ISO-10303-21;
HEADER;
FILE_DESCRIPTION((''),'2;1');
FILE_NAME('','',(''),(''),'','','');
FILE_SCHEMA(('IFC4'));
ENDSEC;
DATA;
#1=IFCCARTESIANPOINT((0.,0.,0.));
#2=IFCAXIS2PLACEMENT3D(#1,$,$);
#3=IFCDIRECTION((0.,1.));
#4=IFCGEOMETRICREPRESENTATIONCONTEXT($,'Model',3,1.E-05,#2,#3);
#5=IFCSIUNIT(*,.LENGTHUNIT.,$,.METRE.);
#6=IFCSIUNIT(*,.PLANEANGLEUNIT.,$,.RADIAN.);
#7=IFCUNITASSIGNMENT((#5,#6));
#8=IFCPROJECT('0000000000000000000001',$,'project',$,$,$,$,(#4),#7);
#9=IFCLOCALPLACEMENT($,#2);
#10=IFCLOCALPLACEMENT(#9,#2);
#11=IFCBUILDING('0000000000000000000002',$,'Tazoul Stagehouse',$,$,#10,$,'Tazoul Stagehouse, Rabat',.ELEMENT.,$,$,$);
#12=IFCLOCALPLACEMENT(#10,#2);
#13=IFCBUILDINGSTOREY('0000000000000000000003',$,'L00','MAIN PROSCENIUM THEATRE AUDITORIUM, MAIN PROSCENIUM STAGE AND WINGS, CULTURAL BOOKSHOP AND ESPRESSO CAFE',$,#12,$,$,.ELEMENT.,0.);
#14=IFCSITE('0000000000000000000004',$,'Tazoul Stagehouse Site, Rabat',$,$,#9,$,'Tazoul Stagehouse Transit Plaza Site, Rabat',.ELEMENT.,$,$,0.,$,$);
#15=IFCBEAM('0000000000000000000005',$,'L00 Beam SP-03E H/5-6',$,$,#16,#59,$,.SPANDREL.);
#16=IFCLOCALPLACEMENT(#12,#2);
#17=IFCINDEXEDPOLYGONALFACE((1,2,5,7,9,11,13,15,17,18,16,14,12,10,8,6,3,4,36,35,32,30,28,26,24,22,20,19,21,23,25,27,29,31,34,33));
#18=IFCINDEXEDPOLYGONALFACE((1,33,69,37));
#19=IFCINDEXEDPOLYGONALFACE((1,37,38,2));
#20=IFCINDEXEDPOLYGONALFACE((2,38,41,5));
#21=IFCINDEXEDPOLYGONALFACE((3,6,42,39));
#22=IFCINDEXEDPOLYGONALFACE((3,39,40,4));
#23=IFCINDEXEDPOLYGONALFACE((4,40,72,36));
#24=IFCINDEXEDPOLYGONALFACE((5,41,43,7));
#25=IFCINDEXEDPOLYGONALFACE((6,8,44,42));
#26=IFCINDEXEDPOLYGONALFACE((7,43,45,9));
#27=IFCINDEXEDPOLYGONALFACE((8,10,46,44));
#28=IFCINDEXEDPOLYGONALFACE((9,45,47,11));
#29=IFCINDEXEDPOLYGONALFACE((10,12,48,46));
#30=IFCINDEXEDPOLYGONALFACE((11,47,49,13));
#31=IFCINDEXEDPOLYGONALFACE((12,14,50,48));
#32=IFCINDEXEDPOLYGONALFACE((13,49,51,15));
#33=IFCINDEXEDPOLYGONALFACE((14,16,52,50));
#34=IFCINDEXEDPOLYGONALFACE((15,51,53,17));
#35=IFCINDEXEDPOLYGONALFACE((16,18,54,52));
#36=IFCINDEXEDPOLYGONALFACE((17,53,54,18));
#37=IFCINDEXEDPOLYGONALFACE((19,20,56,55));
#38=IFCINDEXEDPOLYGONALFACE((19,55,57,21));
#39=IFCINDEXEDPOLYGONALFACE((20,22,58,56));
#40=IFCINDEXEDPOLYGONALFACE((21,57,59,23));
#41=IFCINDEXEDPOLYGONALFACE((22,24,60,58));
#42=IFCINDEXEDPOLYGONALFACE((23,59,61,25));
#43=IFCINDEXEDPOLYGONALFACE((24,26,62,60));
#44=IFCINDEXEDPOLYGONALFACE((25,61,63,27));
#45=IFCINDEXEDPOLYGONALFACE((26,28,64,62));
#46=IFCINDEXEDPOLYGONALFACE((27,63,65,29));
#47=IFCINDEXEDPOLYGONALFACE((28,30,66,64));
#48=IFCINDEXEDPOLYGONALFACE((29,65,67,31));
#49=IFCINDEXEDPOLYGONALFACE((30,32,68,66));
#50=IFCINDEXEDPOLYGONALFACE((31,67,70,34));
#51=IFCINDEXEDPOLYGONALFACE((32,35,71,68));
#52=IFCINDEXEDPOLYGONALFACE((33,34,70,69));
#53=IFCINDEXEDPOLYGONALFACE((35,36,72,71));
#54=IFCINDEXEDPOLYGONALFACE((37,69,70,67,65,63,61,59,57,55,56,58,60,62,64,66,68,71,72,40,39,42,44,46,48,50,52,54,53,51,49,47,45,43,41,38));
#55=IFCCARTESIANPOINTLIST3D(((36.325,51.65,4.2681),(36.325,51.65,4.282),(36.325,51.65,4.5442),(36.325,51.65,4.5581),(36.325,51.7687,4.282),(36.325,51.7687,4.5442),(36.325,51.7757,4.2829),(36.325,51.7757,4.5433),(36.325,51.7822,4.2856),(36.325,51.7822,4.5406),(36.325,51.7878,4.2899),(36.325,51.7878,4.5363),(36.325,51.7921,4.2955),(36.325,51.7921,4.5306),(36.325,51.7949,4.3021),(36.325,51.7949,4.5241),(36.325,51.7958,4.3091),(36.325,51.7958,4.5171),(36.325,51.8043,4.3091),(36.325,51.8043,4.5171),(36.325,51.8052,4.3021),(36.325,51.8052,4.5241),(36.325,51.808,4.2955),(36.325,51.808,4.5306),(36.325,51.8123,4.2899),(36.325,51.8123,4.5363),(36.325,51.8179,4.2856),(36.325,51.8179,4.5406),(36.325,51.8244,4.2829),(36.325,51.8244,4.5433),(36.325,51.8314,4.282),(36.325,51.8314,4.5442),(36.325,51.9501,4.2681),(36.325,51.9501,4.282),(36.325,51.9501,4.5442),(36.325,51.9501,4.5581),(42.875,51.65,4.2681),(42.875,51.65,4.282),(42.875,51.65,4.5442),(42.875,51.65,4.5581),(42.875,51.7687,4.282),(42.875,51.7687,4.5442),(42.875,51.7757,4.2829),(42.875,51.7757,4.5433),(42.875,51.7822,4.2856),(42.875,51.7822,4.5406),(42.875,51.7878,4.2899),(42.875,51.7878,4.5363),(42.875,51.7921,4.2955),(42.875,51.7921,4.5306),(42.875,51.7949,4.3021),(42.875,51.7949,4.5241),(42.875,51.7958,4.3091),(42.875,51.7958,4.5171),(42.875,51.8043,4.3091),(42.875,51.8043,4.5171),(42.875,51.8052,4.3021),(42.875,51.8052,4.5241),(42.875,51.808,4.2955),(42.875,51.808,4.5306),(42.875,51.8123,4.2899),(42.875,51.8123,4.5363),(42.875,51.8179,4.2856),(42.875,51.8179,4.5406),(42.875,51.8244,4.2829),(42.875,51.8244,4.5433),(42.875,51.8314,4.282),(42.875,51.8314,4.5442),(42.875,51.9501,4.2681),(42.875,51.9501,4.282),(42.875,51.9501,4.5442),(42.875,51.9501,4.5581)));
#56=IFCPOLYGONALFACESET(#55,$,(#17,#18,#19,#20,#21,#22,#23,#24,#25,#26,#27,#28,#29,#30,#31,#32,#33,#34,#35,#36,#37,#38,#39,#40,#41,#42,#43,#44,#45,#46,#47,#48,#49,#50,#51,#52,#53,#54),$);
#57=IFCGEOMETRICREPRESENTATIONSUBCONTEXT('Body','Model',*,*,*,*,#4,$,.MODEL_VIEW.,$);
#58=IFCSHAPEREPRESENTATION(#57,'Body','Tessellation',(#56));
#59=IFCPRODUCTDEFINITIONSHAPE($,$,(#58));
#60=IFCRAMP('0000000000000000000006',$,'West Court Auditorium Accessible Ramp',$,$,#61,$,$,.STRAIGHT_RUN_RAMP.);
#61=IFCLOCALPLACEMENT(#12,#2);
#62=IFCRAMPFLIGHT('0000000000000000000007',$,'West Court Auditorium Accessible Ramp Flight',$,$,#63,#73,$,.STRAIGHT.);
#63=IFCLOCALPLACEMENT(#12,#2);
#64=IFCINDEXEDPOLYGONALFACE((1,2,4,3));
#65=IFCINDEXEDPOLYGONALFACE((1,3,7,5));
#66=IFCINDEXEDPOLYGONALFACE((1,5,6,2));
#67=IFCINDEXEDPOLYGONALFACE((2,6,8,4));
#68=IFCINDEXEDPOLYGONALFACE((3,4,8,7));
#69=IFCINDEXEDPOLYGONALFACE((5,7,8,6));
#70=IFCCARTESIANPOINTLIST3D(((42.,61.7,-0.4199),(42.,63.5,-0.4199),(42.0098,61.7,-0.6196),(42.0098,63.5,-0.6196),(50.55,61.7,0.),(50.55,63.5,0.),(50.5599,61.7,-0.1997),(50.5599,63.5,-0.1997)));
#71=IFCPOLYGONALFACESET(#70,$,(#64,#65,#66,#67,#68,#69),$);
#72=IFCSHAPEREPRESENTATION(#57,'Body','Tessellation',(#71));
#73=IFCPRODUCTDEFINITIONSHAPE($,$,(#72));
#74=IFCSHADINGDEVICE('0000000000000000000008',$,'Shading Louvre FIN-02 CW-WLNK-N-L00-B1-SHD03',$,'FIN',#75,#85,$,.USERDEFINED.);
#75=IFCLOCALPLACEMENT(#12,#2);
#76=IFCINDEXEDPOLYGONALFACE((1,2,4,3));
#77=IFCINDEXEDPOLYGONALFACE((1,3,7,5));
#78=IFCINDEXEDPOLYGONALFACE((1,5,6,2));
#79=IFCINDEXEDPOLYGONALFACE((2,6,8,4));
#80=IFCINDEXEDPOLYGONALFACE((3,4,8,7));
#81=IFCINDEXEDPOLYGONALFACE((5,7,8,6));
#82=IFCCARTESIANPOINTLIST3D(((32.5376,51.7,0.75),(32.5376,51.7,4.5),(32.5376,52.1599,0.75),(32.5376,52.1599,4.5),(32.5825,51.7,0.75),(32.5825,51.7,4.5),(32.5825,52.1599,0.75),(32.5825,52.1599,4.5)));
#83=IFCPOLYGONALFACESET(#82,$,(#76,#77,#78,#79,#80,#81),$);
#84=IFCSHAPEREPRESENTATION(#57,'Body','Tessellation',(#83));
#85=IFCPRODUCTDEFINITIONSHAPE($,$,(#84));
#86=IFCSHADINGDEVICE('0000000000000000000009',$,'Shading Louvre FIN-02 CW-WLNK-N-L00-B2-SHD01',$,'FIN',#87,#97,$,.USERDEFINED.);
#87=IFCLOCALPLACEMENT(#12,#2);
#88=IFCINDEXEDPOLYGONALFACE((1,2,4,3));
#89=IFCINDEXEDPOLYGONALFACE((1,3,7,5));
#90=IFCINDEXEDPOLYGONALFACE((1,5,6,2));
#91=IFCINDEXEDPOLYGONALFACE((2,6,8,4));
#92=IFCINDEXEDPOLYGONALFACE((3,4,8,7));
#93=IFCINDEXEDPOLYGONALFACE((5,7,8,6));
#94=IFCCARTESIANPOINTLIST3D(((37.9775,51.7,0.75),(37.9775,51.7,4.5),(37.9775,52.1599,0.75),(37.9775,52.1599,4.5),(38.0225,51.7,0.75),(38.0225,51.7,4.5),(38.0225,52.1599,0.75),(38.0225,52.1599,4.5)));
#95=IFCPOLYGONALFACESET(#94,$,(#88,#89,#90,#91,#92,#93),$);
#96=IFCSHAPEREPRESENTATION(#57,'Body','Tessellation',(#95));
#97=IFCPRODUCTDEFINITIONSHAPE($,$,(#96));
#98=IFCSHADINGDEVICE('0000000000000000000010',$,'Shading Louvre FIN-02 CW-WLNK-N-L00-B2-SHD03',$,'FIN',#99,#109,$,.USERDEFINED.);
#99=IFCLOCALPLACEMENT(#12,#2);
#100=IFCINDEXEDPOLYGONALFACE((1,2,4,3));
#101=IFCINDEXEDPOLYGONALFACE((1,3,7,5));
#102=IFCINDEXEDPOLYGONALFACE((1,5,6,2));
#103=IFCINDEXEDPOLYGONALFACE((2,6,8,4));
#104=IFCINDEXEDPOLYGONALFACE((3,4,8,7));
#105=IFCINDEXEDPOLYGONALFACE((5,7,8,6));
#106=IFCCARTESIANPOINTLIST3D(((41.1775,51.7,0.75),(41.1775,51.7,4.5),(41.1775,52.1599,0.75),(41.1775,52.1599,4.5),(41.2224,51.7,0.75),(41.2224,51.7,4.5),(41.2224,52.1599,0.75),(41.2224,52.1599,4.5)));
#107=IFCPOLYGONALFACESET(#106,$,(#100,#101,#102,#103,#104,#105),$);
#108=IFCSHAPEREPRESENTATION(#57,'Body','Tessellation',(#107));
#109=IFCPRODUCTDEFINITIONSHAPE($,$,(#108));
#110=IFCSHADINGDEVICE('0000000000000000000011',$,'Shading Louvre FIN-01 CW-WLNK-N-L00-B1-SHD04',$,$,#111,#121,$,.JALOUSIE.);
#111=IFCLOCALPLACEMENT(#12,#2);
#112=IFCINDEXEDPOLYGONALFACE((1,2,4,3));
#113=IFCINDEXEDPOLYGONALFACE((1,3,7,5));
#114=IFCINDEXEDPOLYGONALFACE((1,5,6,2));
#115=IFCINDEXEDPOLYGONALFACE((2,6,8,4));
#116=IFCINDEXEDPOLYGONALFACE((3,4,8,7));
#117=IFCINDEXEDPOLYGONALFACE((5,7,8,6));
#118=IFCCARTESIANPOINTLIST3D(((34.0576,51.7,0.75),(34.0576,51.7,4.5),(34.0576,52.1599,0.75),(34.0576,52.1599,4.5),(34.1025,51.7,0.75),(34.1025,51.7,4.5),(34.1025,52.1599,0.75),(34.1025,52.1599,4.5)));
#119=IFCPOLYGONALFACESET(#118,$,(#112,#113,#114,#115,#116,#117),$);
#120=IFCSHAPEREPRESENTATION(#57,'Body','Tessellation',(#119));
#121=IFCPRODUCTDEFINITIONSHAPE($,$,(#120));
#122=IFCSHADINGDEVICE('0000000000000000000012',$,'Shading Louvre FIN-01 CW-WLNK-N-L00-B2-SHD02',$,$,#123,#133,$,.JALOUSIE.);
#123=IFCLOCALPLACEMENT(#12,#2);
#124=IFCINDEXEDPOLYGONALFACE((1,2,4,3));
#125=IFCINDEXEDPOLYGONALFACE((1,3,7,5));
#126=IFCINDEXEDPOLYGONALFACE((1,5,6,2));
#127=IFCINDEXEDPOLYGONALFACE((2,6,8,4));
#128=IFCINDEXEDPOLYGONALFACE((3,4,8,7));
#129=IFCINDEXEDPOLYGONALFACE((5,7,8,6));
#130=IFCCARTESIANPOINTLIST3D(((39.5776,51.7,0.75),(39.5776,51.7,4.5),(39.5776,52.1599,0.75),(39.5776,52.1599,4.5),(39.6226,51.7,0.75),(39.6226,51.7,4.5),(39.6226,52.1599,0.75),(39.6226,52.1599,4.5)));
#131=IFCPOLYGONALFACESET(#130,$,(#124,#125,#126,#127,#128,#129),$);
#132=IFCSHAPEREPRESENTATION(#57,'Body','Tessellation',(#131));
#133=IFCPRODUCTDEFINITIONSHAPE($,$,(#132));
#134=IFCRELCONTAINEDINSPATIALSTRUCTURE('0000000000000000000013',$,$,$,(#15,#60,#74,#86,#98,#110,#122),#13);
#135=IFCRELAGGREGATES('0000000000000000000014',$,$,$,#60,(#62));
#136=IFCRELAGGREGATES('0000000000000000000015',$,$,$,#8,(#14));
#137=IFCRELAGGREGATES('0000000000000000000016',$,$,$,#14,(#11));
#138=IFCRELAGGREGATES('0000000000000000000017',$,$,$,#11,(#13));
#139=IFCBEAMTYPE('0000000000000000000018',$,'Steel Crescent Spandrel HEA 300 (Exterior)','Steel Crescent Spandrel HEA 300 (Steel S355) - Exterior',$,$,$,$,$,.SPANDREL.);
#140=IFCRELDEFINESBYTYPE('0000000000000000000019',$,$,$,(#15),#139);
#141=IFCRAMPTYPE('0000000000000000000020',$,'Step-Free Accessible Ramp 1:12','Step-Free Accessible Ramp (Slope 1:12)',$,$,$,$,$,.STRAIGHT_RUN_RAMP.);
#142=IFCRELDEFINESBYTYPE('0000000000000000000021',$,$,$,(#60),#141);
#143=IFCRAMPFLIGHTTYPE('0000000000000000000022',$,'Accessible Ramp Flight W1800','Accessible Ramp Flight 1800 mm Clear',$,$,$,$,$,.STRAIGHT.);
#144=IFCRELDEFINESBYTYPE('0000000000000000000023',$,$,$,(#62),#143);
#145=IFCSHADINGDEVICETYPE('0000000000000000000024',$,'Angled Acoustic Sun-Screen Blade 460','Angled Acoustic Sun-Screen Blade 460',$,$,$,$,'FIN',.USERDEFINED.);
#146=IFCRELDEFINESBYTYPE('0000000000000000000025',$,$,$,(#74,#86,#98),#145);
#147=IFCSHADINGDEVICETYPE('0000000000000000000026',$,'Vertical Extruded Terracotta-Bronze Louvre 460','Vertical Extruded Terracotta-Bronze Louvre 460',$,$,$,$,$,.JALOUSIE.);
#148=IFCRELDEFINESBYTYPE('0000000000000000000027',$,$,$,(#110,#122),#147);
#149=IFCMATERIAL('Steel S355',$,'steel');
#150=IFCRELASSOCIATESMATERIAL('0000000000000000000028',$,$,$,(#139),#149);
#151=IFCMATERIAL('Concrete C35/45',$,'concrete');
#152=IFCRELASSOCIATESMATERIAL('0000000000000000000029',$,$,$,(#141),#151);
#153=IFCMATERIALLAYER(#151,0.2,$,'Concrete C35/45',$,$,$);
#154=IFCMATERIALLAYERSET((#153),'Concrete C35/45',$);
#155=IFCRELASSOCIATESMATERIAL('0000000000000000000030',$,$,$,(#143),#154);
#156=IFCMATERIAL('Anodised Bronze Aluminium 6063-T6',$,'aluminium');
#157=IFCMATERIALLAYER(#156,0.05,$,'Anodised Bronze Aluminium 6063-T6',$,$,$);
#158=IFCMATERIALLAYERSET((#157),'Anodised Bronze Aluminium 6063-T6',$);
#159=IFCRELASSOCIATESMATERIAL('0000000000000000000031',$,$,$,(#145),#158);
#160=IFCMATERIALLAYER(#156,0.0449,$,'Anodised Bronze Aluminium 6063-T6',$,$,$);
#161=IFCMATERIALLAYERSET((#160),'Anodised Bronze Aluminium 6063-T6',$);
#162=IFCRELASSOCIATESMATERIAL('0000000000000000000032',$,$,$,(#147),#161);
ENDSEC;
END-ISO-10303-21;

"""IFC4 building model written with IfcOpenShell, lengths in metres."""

from ifc_helpers import new_model, si_unit, direction, frame, origin, origin_2d, place, context, subcontext, project, spatial, polyline, rectangle, i_section, outline, extrude, material, layer, layer_set, material_profile, profile_set, type_object, element, aggregate, save


model = new_model("IFC4")

# Units and contexts
model_context = context("Model", 3, precision=1e-05, world=origin(), true_north=direction((0.0, 1.0)))
body_context = subcontext(model_context, "Body", "Model", "MODEL_VIEW")
ifc_project = project(units=[si_unit("LENGTHUNIT", "METRE"), si_unit("PLANEANGLEUNIT", "RADIAN")], contexts=[model_context])

# Site, building, storey
site_placement = place(None, origin())
site = spatial("IfcSite", under=ifc_project, at=site_placement, Name="Tazoul Stagehouse Site, Rabat", LongName="Tazoul Stagehouse Transit Plaza Site, Rabat", CompositionType="ELEMENT", RefElevation=0.0)
building_placement = place(site_placement, origin())
building = spatial("IfcBuilding", under=site, at=building_placement, Name="Tazoul Stagehouse", LongName="Tazoul Stagehouse, Rabat", CompositionType="ELEMENT")
storey_placement = place(building_placement, origin())
storey = spatial("IfcBuildingStorey", under=building, at=storey_placement, Name="L00", Description="MAIN PROSCENIUM THEATRE AUDITORIUM, MAIN PROSCENIUM STAGE AND WINGS, CULTURAL BOOKSHOP AND ESPRESSO CAFE", CompositionType="ELEMENT", Elevation=0.0)

# Beam
ifc_material_1 = material(Name="Steel S355", Category="steel")
ifc_material_profile_1 = material_profile(ifc_material_1, i_section(OverallWidth=0.3, OverallDepth=0.29, WebThickness=0.0085, FlangeThickness=0.0139, FilletRadius=0.0271, at=origin_2d()), Name="HEA 300")
ifc_profile_set_1 = profile_set([ifc_material_profile_1], Name="Steel S355")
beam_type = type_object("IfcBeamType", Name="Steel Crescent Spandrel HEA 300 (Exterior)", Description="Steel Crescent Spandrel HEA 300 (Steel S355) - Exterior", PredefinedType="SPANDREL", material=ifc_profile_set_1)
beam_placement = place(storey_placement, frame((36.325, 51.8, 4.4131), z_axis=(1.0, 0.0, 0.0), x_axis=(0.0, 1.0, 0.0)))
element("IfcBeam", 1, at=beam_placement, inside=storey, type_object=beam_type, Name="L00 Beam SP-03E H/5-6", PredefinedType="SPANDREL", context=body_context, shape_type="SweptSolid", body=[
    extrude(i_section(OverallWidth=0.3, OverallDepth=0.29, WebThickness=0.0085, FlangeThickness=0.0139, FilletRadius=0.0271, at=origin_2d()), origin(), (0.0, 0.0, 1.0), 6.55),
])

# Ramp, ramp flight
ifc_material_2 = material(Name="Concrete C35/45", Category="concrete")
ramp_type = type_object("IfcRampType", Name="Step-Free Accessible Ramp 1:12", Description="Step-Free Accessible Ramp (Slope 1:12)", PredefinedType="STRAIGHT_RUN_RAMP", material=ifc_material_2)
ramp_placement = place(storey_placement, origin())
ramp = element("IfcRamp", 2, at=ramp_placement, inside=storey, type_object=ramp_type, Name="West Court Auditorium Accessible Ramp", PredefinedType="STRAIGHT_RUN_RAMP")
ifc_layer_1 = layer(ifc_material_2, 0.2, Name="Concrete C35/45")
ifc_layer_set_1 = layer_set([ifc_layer_1], Name="Concrete C35/45")
ramp_flight_type = type_object("IfcRampFlightType", Name="Accessible Ramp Flight W1800", Description="Accessible Ramp Flight 1800 mm Clear", PredefinedType="STRAIGHT", material=ifc_layer_set_1)
ramp_flight_placement = place(storey_placement, frame((42.0, 61.7, -0.4199), z_axis=(-0.049054, 0.0, 0.998796), x_axis=(0.0, 1.0, 0.0)))
ramp_flight = element("IfcRampFlight", 3, at=ramp_flight_placement, type_object=ramp_flight_type, Name="West Court Auditorium Accessible Ramp Flight", PredefinedType="STRAIGHT", context=body_context, shape_type="SweptSolid", body=[
    extrude(outline(polyline([(0.0, 0.0), (1.8, 0.0), (1.8, -8.5604), (0.0, -8.5604), (0.0, 0.0)])), origin(), (0.0, 0.0, -1.0), 0.2),
])
aggregate(ramp, [ramp_flight])

# Shading devices
ifc_material_3 = material(Name="Anodised Bronze Aluminium 6063-T6", Category="aluminium")
ifc_layer_2 = layer(ifc_material_3, 0.05, Name="Anodised Bronze Aluminium 6063-T6")
ifc_layer_set_2 = layer_set([ifc_layer_2], Name="Anodised Bronze Aluminium 6063-T6")
shading_device_type_1 = type_object("IfcShadingDeviceType", Name="Angled Acoustic Sun-Screen Blade 460", Description="Angled Acoustic Sun-Screen Blade 460", ElementType="FIN", PredefinedType="USERDEFINED", material=ifc_layer_set_2)
for number, where, z_axis, x_axis, name in (
    (4, (32.5601, 51.9299, 0.75), (0.0, 0.0, 1.0), (1.0, 0.0, 0.0), "Shading Louvre FIN-02 CW-WLNK-N-L00-B1-SHD03"),
    (5, (38.0, 51.9299, 0.75), (0.0, 0.0, 1.0), (1.0, 0.0, 0.0), "Shading Louvre FIN-02 CW-WLNK-N-L00-B2-SHD01"),
    (6, (41.2, 51.9299, 0.75), (0.0, 0.0, 1.0), (1.0, 0.0, 0.0), "Shading Louvre FIN-02 CW-WLNK-N-L00-B2-SHD03"),
):
    element("IfcShadingDevice", number, at=place(storey_placement, frame(where, z_axis=z_axis, x_axis=x_axis)), inside=storey, type_object=shading_device_type_1, Name=name, ObjectType="FIN", PredefinedType="USERDEFINED", context=body_context, shape_type="SweptSolid", body=[
        extrude(rectangle(XDim=0.0449, YDim=0.46, at=origin_2d()), origin(), (0.0, 0.0, 1.0), 3.75),
    ])

# Shading devices
ifc_layer_3 = layer(ifc_material_3, 0.0449, Name="Anodised Bronze Aluminium 6063-T6")
ifc_layer_set_3 = layer_set([ifc_layer_3], Name="Anodised Bronze Aluminium 6063-T6")
shading_device_type_2 = type_object("IfcShadingDeviceType", Name="Vertical Extruded Terracotta-Bronze Louvre 460", Description="Vertical Extruded Terracotta-Bronze Louvre 460", PredefinedType="JALOUSIE", material=ifc_layer_set_3)
for number, where, z_axis, x_axis, name in (
    (7, (34.0801, 51.9299, 0.75), (0.0, 0.0, 1.0), (1.0, 0.0, 0.0), "Shading Louvre FIN-01 CW-WLNK-N-L00-B1-SHD04"),
    (8, (39.6001, 51.9299, 0.75), (0.0, 0.0, 1.0), (1.0, 0.0, 0.0), "Shading Louvre FIN-01 CW-WLNK-N-L00-B2-SHD02"),
):
    element("IfcShadingDevice", number, at=place(storey_placement, frame(where, z_axis=z_axis, x_axis=x_axis)), inside=storey, type_object=shading_device_type_2, Name=name, PredefinedType="JALOUSIE", context=body_context, shape_type="SweptSolid", body=[
        extrude(rectangle(XDim=0.0449, YDim=0.46, at=origin_2d()), origin(), (0.0, 0.0, 1.0), 3.75),
    ])

save(model, "model.ifc")
